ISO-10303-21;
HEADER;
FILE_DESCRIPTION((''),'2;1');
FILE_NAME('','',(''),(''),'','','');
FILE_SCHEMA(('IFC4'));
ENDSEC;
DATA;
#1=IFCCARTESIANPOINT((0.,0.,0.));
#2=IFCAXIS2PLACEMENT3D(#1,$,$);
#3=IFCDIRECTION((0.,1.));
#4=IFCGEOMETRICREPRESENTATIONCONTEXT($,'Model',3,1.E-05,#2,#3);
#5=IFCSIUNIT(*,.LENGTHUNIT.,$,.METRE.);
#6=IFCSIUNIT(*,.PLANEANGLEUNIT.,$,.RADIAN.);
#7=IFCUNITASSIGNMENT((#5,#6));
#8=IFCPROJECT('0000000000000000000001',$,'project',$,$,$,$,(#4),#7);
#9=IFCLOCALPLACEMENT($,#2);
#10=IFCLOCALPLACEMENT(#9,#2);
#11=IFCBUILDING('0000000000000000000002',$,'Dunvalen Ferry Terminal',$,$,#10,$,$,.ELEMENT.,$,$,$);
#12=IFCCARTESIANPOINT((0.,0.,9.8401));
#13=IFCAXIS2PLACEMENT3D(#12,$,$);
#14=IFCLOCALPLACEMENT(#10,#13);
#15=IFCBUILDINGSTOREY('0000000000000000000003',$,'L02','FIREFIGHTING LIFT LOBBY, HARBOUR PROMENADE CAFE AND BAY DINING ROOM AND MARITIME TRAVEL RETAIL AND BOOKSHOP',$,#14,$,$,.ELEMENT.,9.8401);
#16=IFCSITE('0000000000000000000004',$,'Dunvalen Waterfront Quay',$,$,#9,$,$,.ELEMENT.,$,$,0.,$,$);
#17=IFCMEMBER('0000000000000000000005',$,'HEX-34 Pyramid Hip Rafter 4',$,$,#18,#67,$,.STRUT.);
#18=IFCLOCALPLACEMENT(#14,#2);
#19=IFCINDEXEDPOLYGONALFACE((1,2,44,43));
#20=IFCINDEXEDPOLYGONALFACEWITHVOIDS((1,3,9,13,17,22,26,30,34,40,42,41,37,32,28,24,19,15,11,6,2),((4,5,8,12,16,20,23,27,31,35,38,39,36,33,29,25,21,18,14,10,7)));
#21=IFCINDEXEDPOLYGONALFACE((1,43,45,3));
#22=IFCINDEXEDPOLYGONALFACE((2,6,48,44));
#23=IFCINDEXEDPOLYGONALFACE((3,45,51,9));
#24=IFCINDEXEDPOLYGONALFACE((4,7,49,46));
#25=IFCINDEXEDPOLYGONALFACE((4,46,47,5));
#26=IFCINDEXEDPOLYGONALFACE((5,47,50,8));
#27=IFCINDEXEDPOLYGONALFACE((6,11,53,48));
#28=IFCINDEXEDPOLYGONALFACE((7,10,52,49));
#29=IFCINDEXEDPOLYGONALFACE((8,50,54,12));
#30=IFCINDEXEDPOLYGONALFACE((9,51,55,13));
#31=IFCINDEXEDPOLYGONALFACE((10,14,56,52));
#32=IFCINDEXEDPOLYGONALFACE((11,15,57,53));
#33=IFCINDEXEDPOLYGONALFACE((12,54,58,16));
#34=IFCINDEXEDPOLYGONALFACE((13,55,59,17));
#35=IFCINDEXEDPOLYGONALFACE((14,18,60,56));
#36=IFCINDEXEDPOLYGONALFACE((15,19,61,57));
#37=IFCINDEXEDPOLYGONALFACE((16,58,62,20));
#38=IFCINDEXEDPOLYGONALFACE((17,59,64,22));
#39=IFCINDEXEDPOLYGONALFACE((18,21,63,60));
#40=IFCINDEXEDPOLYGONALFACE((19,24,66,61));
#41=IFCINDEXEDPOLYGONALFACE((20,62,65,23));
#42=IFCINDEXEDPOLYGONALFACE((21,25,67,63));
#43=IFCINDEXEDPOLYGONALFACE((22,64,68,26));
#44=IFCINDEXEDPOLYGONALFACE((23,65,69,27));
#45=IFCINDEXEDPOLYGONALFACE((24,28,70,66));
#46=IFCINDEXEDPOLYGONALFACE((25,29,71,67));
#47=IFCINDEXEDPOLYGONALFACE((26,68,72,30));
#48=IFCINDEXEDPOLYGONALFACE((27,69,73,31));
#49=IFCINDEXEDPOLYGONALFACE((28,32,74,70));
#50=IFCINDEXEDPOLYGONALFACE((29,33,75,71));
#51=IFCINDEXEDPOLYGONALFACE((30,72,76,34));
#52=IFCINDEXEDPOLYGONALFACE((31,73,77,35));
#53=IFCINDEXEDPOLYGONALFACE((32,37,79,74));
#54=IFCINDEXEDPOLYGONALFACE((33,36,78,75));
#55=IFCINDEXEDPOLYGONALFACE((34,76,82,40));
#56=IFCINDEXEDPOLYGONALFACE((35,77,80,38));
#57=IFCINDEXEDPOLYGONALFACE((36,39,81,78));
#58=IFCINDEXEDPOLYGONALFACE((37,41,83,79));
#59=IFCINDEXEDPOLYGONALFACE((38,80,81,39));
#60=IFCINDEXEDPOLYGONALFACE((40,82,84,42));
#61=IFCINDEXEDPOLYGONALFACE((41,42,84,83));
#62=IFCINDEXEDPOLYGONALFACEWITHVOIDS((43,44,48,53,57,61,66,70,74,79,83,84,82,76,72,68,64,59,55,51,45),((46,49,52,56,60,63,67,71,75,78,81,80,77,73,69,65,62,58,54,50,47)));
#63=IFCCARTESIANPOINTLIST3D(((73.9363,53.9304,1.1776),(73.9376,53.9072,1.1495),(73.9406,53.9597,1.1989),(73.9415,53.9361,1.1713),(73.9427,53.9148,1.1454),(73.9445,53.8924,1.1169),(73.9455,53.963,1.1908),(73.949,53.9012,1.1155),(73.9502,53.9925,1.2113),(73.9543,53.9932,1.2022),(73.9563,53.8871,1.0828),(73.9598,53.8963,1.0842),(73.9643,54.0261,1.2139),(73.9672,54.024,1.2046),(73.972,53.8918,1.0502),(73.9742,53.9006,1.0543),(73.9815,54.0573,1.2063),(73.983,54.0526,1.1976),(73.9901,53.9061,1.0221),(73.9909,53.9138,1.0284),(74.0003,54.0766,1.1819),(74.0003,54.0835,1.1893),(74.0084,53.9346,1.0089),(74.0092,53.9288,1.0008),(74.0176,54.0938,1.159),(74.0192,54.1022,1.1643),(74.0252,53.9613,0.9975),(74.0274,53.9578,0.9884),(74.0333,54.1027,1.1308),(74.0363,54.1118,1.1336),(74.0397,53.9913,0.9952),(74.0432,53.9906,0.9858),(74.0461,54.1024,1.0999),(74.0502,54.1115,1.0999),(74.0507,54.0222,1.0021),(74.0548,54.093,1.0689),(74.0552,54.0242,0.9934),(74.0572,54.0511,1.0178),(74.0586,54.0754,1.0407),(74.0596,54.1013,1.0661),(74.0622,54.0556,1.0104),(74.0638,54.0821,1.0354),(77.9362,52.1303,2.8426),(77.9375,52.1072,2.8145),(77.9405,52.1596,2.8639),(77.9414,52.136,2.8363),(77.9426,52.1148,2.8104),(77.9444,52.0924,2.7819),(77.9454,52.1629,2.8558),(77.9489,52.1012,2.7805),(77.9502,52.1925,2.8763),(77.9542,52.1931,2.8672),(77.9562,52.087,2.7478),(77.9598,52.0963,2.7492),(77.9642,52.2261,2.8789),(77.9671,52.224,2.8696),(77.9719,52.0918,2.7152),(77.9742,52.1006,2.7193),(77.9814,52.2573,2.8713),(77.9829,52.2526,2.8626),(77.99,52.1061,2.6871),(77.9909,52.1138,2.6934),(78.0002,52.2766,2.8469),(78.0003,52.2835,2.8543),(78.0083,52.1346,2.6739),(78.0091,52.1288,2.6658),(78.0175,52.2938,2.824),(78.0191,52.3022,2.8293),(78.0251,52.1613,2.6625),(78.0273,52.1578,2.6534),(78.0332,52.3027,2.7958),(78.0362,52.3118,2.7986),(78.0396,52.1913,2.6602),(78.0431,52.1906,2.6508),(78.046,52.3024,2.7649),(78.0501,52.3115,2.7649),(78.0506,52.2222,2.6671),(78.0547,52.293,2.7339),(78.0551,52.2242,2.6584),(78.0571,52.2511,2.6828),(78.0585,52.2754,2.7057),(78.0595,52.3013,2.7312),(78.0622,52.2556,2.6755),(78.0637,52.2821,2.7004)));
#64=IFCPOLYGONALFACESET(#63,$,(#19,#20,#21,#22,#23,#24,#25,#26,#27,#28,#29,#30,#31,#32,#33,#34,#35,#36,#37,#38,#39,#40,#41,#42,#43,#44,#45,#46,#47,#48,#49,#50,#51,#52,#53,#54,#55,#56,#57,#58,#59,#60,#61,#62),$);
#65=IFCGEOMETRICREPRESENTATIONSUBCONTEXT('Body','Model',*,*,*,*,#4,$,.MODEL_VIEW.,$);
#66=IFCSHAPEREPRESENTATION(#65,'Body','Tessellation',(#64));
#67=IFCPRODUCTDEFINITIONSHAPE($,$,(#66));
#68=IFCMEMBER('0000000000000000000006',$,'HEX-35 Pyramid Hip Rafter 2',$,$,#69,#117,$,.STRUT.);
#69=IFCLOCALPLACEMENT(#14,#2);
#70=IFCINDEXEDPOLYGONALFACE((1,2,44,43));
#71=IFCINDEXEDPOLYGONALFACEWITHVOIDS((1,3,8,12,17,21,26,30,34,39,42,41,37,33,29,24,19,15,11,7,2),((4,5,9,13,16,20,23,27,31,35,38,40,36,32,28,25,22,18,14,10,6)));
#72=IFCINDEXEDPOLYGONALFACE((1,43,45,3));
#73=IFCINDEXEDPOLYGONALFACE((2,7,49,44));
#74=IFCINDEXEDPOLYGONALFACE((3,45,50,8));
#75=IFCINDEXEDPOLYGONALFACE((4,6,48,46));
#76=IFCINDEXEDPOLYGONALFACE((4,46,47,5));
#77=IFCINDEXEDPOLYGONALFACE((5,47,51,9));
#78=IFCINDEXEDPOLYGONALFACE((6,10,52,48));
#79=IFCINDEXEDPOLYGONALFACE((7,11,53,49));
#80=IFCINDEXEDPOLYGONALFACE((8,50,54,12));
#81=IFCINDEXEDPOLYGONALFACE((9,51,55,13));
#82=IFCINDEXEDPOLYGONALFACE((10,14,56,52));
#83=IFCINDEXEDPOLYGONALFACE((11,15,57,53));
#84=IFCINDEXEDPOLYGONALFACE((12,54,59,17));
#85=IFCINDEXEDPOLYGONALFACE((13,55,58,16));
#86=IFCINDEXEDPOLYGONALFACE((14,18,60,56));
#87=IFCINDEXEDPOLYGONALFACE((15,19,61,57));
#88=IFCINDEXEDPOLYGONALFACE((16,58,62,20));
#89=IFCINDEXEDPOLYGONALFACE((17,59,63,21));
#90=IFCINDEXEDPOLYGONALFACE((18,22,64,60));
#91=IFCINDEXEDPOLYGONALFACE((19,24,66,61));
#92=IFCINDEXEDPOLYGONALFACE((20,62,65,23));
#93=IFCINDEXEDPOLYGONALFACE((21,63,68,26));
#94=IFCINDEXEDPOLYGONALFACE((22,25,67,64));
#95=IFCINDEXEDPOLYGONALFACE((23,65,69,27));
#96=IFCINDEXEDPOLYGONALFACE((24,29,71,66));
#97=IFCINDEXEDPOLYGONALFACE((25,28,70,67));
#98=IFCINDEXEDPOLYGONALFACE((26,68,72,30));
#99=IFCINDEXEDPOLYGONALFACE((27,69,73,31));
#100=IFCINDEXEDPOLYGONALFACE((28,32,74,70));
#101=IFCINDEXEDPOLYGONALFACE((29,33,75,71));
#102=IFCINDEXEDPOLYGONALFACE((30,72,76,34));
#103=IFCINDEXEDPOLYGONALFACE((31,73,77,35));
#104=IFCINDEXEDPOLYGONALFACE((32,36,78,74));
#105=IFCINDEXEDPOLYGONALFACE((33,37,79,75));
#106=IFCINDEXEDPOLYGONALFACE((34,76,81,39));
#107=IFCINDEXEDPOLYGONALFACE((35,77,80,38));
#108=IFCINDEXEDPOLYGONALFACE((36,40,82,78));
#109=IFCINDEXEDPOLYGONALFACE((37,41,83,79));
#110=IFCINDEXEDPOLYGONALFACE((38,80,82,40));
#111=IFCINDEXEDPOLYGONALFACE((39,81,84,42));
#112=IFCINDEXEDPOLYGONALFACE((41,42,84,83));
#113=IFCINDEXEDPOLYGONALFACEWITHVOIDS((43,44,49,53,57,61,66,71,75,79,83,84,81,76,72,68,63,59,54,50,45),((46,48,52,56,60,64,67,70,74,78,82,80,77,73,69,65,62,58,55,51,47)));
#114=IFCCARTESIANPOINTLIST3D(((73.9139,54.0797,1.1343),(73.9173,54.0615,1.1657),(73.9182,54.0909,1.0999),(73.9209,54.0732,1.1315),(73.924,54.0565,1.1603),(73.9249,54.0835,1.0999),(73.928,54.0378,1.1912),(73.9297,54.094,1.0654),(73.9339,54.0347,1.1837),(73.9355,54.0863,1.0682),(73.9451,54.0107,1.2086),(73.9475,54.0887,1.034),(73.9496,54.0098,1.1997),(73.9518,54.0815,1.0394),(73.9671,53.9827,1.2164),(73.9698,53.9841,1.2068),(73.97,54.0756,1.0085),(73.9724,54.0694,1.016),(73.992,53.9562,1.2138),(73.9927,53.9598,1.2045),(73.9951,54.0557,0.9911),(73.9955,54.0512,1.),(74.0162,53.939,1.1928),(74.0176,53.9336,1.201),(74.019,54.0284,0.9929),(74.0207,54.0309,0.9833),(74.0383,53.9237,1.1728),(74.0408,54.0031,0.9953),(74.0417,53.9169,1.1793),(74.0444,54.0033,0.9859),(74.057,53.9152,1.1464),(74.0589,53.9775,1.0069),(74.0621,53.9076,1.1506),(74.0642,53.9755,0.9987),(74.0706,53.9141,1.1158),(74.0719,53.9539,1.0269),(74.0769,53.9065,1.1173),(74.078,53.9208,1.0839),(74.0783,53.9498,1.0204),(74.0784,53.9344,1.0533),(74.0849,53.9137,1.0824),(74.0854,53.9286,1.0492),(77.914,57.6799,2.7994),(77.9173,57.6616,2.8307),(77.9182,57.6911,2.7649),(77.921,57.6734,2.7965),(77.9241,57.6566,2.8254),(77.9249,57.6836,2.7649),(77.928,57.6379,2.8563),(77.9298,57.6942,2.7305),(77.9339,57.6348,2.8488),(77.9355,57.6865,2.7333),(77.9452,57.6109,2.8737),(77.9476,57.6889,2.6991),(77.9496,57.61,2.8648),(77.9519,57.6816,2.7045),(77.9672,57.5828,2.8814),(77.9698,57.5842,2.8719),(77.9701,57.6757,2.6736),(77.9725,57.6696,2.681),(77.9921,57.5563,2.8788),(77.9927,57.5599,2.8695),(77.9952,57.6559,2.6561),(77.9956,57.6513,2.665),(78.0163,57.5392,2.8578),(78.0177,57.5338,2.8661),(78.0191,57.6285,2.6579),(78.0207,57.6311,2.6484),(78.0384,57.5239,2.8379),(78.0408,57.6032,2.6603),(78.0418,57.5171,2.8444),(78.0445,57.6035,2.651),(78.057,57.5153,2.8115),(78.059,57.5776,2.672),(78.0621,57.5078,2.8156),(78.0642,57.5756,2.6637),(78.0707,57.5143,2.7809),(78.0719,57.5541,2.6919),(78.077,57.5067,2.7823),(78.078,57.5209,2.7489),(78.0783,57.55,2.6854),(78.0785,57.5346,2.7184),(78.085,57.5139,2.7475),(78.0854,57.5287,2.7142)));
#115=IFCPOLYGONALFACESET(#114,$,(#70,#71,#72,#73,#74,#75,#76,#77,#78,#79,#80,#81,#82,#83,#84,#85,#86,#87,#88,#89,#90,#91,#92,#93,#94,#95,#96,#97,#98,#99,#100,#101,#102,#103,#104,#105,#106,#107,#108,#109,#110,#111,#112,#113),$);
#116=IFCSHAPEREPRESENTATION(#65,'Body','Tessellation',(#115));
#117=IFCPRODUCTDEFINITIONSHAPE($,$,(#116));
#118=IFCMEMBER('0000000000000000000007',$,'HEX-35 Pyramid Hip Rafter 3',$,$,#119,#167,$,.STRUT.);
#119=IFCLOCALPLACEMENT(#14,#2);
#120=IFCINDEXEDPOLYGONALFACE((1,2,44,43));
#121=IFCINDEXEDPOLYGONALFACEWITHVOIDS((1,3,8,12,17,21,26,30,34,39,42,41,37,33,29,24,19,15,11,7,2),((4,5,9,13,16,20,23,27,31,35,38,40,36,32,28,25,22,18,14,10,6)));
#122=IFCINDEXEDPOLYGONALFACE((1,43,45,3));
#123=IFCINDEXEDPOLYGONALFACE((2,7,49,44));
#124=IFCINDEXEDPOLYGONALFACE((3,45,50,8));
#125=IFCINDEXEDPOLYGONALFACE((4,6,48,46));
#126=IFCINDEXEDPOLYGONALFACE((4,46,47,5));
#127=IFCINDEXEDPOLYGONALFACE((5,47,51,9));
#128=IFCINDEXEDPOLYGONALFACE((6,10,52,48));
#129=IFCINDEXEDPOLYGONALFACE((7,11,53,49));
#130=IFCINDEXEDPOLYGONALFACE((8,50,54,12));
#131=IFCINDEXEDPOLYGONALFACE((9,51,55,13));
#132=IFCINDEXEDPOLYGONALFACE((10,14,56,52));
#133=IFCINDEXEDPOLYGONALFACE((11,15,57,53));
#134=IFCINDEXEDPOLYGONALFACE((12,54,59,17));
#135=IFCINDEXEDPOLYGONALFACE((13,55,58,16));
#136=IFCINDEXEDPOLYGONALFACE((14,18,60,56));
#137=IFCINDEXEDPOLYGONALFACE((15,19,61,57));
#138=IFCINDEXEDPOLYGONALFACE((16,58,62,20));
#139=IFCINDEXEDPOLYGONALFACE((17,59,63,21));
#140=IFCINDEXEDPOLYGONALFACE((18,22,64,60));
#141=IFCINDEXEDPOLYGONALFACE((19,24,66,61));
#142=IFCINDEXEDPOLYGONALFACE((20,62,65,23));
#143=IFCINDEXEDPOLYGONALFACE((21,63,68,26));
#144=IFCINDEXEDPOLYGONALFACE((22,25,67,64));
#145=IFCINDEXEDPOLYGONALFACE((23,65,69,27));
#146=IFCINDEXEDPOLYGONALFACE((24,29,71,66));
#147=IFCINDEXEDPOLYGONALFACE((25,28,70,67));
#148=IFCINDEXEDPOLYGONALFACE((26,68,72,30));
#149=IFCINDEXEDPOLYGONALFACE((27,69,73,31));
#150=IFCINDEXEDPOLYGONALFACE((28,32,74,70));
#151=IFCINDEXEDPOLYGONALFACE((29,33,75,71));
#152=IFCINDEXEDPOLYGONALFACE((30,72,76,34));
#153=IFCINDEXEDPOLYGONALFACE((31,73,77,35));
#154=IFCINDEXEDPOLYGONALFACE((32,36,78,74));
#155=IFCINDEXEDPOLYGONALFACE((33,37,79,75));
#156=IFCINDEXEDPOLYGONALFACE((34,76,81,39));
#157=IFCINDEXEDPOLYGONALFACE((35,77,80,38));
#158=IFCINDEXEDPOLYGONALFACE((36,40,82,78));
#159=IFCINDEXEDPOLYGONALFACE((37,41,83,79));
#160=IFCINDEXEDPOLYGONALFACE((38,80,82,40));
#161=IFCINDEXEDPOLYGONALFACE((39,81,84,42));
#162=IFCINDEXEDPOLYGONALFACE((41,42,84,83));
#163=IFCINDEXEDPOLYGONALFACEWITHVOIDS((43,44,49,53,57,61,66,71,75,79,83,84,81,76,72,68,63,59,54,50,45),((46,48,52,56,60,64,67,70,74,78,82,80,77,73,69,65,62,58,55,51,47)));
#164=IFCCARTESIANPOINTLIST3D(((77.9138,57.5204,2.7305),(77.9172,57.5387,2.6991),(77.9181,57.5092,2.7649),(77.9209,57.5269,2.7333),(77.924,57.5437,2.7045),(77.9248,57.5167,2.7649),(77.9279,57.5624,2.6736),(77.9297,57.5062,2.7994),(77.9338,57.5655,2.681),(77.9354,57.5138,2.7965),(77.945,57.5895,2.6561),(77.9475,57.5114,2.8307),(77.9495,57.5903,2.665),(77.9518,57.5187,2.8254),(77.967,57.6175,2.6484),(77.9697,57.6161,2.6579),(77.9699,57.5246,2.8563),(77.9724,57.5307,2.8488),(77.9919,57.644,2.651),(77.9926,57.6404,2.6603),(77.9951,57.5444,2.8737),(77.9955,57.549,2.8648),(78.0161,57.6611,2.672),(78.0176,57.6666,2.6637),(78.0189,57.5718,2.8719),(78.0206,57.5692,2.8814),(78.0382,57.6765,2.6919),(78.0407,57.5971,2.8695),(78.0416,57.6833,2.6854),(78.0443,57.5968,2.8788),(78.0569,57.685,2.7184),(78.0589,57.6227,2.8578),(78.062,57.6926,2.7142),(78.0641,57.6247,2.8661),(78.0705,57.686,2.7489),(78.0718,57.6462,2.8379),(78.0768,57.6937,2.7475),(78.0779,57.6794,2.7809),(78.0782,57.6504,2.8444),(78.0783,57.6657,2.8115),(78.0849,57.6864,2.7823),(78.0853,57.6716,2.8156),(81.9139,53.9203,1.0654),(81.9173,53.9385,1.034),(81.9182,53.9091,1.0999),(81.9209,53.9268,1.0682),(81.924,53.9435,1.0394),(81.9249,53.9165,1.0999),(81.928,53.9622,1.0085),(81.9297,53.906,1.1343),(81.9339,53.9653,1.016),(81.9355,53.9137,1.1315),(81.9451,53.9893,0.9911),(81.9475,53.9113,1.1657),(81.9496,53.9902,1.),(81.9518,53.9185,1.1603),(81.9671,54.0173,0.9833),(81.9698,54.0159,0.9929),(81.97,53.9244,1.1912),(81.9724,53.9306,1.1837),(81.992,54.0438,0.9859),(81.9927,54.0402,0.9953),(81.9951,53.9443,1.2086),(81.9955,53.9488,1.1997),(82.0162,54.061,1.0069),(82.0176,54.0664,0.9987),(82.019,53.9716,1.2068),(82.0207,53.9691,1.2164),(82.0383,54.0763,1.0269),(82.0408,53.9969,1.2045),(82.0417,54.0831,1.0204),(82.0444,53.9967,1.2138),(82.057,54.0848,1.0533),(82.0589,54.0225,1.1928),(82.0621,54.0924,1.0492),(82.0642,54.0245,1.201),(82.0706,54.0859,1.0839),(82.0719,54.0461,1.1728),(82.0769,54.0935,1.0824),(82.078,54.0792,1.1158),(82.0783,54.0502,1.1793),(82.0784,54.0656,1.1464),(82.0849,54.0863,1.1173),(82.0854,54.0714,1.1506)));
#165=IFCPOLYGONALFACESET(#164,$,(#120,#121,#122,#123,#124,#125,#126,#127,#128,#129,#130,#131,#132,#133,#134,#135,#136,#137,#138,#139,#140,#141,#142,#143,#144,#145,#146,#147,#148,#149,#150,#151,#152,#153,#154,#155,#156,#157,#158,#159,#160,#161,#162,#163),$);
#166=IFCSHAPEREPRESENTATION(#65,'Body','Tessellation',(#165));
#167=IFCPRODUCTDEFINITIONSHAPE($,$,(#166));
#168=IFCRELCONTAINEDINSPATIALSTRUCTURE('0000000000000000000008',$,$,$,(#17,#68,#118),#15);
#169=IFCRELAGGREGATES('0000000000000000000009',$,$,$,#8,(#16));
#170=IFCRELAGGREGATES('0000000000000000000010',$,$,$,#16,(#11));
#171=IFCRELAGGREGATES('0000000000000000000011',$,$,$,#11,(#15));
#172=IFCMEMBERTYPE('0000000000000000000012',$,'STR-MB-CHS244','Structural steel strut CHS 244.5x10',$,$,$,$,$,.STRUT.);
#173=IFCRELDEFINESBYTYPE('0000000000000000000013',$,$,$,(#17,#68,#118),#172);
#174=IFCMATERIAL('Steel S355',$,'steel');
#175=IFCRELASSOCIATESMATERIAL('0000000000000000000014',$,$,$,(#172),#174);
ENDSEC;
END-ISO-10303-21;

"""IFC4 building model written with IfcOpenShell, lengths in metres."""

from ifc_helpers import new_model, si_unit, direction, frame, origin, origin_2d, place, context, subcontext, project, spatial, hollow_circle, extrude, material, material_profile, profile_set, type_object, element, save


model = new_model("IFC4")

# Units and contexts
model_context = context("Model", 3, precision=1e-05, world=origin(), true_north=direction((0.0, 1.0)))
body_context = subcontext(model_context, "Body", "Model", "MODEL_VIEW")
ifc_project = project(units=[si_unit("LENGTHUNIT", "METRE"), si_unit("PLANEANGLEUNIT", "RADIAN")], contexts=[model_context])

# Site, building, storey
site_placement = place(None, origin())
site = spatial("IfcSite", under=ifc_project, at=site_placement, Name="Dunvalen Waterfront Quay", CompositionType="ELEMENT", RefElevation=0.0)
building_placement = place(site_placement, origin())
building = spatial("IfcBuilding", under=site, at=building_placement, Name="Dunvalen Ferry Terminal", CompositionType="ELEMENT")
storey_placement = place(building_placement, frame((0.0, 0.0, 9.8401)))
storey = spatial("IfcBuildingStorey", under=building, at=storey_placement, Name="L02", Description="FIREFIGHTING LIFT LOBBY, HARBOUR PROMENADE CAFE AND BAY DINING ROOM AND MARITIME TRAVEL RETAIL AND BOOKSHOP", CompositionType="ELEMENT", Elevation=9.8401)

# Shared definitions
ifc_material_1 = material(Name="Steel S355", Category="steel")

# Members
ifc_material_profile_1 = material_profile(ifc_material_1, hollow_circle(Radius=0.1223, WallThickness=0.01, at=origin_2d()), Name="Steel S355")
ifc_profile_set_1 = profile_set([ifc_material_profile_1], Name="Steel S355")
member_type_1 = type_object("IfcMemberType", Name="STR-MB-CHS244", Description="Structural steel strut CHS 244.5x10", PredefinedType="STRUT", material=ifc_profile_set_1)
for number, where, z_axis, x_axis, name in (
    (1, (74.0, 54.0, 1.0999), (0.85256, -0.383662, 0.354886), (0.410374, 0.911917, 0.0), "HEX-34 Pyramid Hip Rafter 4"),
):
    element("IfcMember", number, at=place(storey_placement, frame(where, z_axis=z_axis, x_axis=x_axis)), inside=storey, type_object=member_type_1, Name=name, PredefinedType="STRUT", context=body_context, shape_type="SweptSolid", body=[
        extrude(hollow_circle(Radius=0.1223, WallThickness=0.01, at=origin_2d()), origin(), (0.0, 0.0, 1.0), 4.6917),
    ])
for number, where, z_axis, x_axis, name in (
    (2, (74.0, 54.0, 1.0999), (0.710075, 0.639085, 0.295576), (-0.668975, 0.743285, 0.0), "HEX-35 Pyramid Hip Rafter 2"),
    (3, (82.0, 54.0, 1.0999), (-0.710075, 0.639085, 0.295576), (-0.668975, -0.743285, 0.0), "HEX-35 Pyramid Hip Rafter 3"),
):
    element("IfcMember", number, at=place(storey_placement, frame(where, z_axis=z_axis, x_axis=x_axis)), inside=storey, type_object=member_type_1, Name=name, PredefinedType="STRUT", context=body_context, shape_type="SweptSolid", body=[
        extrude(hollow_circle(Radius=0.1223, WallThickness=0.01, at=origin_2d()), origin(), (0.0, 0.0, 1.0), 5.6333),
    ])

save(model, "model.ifc")
